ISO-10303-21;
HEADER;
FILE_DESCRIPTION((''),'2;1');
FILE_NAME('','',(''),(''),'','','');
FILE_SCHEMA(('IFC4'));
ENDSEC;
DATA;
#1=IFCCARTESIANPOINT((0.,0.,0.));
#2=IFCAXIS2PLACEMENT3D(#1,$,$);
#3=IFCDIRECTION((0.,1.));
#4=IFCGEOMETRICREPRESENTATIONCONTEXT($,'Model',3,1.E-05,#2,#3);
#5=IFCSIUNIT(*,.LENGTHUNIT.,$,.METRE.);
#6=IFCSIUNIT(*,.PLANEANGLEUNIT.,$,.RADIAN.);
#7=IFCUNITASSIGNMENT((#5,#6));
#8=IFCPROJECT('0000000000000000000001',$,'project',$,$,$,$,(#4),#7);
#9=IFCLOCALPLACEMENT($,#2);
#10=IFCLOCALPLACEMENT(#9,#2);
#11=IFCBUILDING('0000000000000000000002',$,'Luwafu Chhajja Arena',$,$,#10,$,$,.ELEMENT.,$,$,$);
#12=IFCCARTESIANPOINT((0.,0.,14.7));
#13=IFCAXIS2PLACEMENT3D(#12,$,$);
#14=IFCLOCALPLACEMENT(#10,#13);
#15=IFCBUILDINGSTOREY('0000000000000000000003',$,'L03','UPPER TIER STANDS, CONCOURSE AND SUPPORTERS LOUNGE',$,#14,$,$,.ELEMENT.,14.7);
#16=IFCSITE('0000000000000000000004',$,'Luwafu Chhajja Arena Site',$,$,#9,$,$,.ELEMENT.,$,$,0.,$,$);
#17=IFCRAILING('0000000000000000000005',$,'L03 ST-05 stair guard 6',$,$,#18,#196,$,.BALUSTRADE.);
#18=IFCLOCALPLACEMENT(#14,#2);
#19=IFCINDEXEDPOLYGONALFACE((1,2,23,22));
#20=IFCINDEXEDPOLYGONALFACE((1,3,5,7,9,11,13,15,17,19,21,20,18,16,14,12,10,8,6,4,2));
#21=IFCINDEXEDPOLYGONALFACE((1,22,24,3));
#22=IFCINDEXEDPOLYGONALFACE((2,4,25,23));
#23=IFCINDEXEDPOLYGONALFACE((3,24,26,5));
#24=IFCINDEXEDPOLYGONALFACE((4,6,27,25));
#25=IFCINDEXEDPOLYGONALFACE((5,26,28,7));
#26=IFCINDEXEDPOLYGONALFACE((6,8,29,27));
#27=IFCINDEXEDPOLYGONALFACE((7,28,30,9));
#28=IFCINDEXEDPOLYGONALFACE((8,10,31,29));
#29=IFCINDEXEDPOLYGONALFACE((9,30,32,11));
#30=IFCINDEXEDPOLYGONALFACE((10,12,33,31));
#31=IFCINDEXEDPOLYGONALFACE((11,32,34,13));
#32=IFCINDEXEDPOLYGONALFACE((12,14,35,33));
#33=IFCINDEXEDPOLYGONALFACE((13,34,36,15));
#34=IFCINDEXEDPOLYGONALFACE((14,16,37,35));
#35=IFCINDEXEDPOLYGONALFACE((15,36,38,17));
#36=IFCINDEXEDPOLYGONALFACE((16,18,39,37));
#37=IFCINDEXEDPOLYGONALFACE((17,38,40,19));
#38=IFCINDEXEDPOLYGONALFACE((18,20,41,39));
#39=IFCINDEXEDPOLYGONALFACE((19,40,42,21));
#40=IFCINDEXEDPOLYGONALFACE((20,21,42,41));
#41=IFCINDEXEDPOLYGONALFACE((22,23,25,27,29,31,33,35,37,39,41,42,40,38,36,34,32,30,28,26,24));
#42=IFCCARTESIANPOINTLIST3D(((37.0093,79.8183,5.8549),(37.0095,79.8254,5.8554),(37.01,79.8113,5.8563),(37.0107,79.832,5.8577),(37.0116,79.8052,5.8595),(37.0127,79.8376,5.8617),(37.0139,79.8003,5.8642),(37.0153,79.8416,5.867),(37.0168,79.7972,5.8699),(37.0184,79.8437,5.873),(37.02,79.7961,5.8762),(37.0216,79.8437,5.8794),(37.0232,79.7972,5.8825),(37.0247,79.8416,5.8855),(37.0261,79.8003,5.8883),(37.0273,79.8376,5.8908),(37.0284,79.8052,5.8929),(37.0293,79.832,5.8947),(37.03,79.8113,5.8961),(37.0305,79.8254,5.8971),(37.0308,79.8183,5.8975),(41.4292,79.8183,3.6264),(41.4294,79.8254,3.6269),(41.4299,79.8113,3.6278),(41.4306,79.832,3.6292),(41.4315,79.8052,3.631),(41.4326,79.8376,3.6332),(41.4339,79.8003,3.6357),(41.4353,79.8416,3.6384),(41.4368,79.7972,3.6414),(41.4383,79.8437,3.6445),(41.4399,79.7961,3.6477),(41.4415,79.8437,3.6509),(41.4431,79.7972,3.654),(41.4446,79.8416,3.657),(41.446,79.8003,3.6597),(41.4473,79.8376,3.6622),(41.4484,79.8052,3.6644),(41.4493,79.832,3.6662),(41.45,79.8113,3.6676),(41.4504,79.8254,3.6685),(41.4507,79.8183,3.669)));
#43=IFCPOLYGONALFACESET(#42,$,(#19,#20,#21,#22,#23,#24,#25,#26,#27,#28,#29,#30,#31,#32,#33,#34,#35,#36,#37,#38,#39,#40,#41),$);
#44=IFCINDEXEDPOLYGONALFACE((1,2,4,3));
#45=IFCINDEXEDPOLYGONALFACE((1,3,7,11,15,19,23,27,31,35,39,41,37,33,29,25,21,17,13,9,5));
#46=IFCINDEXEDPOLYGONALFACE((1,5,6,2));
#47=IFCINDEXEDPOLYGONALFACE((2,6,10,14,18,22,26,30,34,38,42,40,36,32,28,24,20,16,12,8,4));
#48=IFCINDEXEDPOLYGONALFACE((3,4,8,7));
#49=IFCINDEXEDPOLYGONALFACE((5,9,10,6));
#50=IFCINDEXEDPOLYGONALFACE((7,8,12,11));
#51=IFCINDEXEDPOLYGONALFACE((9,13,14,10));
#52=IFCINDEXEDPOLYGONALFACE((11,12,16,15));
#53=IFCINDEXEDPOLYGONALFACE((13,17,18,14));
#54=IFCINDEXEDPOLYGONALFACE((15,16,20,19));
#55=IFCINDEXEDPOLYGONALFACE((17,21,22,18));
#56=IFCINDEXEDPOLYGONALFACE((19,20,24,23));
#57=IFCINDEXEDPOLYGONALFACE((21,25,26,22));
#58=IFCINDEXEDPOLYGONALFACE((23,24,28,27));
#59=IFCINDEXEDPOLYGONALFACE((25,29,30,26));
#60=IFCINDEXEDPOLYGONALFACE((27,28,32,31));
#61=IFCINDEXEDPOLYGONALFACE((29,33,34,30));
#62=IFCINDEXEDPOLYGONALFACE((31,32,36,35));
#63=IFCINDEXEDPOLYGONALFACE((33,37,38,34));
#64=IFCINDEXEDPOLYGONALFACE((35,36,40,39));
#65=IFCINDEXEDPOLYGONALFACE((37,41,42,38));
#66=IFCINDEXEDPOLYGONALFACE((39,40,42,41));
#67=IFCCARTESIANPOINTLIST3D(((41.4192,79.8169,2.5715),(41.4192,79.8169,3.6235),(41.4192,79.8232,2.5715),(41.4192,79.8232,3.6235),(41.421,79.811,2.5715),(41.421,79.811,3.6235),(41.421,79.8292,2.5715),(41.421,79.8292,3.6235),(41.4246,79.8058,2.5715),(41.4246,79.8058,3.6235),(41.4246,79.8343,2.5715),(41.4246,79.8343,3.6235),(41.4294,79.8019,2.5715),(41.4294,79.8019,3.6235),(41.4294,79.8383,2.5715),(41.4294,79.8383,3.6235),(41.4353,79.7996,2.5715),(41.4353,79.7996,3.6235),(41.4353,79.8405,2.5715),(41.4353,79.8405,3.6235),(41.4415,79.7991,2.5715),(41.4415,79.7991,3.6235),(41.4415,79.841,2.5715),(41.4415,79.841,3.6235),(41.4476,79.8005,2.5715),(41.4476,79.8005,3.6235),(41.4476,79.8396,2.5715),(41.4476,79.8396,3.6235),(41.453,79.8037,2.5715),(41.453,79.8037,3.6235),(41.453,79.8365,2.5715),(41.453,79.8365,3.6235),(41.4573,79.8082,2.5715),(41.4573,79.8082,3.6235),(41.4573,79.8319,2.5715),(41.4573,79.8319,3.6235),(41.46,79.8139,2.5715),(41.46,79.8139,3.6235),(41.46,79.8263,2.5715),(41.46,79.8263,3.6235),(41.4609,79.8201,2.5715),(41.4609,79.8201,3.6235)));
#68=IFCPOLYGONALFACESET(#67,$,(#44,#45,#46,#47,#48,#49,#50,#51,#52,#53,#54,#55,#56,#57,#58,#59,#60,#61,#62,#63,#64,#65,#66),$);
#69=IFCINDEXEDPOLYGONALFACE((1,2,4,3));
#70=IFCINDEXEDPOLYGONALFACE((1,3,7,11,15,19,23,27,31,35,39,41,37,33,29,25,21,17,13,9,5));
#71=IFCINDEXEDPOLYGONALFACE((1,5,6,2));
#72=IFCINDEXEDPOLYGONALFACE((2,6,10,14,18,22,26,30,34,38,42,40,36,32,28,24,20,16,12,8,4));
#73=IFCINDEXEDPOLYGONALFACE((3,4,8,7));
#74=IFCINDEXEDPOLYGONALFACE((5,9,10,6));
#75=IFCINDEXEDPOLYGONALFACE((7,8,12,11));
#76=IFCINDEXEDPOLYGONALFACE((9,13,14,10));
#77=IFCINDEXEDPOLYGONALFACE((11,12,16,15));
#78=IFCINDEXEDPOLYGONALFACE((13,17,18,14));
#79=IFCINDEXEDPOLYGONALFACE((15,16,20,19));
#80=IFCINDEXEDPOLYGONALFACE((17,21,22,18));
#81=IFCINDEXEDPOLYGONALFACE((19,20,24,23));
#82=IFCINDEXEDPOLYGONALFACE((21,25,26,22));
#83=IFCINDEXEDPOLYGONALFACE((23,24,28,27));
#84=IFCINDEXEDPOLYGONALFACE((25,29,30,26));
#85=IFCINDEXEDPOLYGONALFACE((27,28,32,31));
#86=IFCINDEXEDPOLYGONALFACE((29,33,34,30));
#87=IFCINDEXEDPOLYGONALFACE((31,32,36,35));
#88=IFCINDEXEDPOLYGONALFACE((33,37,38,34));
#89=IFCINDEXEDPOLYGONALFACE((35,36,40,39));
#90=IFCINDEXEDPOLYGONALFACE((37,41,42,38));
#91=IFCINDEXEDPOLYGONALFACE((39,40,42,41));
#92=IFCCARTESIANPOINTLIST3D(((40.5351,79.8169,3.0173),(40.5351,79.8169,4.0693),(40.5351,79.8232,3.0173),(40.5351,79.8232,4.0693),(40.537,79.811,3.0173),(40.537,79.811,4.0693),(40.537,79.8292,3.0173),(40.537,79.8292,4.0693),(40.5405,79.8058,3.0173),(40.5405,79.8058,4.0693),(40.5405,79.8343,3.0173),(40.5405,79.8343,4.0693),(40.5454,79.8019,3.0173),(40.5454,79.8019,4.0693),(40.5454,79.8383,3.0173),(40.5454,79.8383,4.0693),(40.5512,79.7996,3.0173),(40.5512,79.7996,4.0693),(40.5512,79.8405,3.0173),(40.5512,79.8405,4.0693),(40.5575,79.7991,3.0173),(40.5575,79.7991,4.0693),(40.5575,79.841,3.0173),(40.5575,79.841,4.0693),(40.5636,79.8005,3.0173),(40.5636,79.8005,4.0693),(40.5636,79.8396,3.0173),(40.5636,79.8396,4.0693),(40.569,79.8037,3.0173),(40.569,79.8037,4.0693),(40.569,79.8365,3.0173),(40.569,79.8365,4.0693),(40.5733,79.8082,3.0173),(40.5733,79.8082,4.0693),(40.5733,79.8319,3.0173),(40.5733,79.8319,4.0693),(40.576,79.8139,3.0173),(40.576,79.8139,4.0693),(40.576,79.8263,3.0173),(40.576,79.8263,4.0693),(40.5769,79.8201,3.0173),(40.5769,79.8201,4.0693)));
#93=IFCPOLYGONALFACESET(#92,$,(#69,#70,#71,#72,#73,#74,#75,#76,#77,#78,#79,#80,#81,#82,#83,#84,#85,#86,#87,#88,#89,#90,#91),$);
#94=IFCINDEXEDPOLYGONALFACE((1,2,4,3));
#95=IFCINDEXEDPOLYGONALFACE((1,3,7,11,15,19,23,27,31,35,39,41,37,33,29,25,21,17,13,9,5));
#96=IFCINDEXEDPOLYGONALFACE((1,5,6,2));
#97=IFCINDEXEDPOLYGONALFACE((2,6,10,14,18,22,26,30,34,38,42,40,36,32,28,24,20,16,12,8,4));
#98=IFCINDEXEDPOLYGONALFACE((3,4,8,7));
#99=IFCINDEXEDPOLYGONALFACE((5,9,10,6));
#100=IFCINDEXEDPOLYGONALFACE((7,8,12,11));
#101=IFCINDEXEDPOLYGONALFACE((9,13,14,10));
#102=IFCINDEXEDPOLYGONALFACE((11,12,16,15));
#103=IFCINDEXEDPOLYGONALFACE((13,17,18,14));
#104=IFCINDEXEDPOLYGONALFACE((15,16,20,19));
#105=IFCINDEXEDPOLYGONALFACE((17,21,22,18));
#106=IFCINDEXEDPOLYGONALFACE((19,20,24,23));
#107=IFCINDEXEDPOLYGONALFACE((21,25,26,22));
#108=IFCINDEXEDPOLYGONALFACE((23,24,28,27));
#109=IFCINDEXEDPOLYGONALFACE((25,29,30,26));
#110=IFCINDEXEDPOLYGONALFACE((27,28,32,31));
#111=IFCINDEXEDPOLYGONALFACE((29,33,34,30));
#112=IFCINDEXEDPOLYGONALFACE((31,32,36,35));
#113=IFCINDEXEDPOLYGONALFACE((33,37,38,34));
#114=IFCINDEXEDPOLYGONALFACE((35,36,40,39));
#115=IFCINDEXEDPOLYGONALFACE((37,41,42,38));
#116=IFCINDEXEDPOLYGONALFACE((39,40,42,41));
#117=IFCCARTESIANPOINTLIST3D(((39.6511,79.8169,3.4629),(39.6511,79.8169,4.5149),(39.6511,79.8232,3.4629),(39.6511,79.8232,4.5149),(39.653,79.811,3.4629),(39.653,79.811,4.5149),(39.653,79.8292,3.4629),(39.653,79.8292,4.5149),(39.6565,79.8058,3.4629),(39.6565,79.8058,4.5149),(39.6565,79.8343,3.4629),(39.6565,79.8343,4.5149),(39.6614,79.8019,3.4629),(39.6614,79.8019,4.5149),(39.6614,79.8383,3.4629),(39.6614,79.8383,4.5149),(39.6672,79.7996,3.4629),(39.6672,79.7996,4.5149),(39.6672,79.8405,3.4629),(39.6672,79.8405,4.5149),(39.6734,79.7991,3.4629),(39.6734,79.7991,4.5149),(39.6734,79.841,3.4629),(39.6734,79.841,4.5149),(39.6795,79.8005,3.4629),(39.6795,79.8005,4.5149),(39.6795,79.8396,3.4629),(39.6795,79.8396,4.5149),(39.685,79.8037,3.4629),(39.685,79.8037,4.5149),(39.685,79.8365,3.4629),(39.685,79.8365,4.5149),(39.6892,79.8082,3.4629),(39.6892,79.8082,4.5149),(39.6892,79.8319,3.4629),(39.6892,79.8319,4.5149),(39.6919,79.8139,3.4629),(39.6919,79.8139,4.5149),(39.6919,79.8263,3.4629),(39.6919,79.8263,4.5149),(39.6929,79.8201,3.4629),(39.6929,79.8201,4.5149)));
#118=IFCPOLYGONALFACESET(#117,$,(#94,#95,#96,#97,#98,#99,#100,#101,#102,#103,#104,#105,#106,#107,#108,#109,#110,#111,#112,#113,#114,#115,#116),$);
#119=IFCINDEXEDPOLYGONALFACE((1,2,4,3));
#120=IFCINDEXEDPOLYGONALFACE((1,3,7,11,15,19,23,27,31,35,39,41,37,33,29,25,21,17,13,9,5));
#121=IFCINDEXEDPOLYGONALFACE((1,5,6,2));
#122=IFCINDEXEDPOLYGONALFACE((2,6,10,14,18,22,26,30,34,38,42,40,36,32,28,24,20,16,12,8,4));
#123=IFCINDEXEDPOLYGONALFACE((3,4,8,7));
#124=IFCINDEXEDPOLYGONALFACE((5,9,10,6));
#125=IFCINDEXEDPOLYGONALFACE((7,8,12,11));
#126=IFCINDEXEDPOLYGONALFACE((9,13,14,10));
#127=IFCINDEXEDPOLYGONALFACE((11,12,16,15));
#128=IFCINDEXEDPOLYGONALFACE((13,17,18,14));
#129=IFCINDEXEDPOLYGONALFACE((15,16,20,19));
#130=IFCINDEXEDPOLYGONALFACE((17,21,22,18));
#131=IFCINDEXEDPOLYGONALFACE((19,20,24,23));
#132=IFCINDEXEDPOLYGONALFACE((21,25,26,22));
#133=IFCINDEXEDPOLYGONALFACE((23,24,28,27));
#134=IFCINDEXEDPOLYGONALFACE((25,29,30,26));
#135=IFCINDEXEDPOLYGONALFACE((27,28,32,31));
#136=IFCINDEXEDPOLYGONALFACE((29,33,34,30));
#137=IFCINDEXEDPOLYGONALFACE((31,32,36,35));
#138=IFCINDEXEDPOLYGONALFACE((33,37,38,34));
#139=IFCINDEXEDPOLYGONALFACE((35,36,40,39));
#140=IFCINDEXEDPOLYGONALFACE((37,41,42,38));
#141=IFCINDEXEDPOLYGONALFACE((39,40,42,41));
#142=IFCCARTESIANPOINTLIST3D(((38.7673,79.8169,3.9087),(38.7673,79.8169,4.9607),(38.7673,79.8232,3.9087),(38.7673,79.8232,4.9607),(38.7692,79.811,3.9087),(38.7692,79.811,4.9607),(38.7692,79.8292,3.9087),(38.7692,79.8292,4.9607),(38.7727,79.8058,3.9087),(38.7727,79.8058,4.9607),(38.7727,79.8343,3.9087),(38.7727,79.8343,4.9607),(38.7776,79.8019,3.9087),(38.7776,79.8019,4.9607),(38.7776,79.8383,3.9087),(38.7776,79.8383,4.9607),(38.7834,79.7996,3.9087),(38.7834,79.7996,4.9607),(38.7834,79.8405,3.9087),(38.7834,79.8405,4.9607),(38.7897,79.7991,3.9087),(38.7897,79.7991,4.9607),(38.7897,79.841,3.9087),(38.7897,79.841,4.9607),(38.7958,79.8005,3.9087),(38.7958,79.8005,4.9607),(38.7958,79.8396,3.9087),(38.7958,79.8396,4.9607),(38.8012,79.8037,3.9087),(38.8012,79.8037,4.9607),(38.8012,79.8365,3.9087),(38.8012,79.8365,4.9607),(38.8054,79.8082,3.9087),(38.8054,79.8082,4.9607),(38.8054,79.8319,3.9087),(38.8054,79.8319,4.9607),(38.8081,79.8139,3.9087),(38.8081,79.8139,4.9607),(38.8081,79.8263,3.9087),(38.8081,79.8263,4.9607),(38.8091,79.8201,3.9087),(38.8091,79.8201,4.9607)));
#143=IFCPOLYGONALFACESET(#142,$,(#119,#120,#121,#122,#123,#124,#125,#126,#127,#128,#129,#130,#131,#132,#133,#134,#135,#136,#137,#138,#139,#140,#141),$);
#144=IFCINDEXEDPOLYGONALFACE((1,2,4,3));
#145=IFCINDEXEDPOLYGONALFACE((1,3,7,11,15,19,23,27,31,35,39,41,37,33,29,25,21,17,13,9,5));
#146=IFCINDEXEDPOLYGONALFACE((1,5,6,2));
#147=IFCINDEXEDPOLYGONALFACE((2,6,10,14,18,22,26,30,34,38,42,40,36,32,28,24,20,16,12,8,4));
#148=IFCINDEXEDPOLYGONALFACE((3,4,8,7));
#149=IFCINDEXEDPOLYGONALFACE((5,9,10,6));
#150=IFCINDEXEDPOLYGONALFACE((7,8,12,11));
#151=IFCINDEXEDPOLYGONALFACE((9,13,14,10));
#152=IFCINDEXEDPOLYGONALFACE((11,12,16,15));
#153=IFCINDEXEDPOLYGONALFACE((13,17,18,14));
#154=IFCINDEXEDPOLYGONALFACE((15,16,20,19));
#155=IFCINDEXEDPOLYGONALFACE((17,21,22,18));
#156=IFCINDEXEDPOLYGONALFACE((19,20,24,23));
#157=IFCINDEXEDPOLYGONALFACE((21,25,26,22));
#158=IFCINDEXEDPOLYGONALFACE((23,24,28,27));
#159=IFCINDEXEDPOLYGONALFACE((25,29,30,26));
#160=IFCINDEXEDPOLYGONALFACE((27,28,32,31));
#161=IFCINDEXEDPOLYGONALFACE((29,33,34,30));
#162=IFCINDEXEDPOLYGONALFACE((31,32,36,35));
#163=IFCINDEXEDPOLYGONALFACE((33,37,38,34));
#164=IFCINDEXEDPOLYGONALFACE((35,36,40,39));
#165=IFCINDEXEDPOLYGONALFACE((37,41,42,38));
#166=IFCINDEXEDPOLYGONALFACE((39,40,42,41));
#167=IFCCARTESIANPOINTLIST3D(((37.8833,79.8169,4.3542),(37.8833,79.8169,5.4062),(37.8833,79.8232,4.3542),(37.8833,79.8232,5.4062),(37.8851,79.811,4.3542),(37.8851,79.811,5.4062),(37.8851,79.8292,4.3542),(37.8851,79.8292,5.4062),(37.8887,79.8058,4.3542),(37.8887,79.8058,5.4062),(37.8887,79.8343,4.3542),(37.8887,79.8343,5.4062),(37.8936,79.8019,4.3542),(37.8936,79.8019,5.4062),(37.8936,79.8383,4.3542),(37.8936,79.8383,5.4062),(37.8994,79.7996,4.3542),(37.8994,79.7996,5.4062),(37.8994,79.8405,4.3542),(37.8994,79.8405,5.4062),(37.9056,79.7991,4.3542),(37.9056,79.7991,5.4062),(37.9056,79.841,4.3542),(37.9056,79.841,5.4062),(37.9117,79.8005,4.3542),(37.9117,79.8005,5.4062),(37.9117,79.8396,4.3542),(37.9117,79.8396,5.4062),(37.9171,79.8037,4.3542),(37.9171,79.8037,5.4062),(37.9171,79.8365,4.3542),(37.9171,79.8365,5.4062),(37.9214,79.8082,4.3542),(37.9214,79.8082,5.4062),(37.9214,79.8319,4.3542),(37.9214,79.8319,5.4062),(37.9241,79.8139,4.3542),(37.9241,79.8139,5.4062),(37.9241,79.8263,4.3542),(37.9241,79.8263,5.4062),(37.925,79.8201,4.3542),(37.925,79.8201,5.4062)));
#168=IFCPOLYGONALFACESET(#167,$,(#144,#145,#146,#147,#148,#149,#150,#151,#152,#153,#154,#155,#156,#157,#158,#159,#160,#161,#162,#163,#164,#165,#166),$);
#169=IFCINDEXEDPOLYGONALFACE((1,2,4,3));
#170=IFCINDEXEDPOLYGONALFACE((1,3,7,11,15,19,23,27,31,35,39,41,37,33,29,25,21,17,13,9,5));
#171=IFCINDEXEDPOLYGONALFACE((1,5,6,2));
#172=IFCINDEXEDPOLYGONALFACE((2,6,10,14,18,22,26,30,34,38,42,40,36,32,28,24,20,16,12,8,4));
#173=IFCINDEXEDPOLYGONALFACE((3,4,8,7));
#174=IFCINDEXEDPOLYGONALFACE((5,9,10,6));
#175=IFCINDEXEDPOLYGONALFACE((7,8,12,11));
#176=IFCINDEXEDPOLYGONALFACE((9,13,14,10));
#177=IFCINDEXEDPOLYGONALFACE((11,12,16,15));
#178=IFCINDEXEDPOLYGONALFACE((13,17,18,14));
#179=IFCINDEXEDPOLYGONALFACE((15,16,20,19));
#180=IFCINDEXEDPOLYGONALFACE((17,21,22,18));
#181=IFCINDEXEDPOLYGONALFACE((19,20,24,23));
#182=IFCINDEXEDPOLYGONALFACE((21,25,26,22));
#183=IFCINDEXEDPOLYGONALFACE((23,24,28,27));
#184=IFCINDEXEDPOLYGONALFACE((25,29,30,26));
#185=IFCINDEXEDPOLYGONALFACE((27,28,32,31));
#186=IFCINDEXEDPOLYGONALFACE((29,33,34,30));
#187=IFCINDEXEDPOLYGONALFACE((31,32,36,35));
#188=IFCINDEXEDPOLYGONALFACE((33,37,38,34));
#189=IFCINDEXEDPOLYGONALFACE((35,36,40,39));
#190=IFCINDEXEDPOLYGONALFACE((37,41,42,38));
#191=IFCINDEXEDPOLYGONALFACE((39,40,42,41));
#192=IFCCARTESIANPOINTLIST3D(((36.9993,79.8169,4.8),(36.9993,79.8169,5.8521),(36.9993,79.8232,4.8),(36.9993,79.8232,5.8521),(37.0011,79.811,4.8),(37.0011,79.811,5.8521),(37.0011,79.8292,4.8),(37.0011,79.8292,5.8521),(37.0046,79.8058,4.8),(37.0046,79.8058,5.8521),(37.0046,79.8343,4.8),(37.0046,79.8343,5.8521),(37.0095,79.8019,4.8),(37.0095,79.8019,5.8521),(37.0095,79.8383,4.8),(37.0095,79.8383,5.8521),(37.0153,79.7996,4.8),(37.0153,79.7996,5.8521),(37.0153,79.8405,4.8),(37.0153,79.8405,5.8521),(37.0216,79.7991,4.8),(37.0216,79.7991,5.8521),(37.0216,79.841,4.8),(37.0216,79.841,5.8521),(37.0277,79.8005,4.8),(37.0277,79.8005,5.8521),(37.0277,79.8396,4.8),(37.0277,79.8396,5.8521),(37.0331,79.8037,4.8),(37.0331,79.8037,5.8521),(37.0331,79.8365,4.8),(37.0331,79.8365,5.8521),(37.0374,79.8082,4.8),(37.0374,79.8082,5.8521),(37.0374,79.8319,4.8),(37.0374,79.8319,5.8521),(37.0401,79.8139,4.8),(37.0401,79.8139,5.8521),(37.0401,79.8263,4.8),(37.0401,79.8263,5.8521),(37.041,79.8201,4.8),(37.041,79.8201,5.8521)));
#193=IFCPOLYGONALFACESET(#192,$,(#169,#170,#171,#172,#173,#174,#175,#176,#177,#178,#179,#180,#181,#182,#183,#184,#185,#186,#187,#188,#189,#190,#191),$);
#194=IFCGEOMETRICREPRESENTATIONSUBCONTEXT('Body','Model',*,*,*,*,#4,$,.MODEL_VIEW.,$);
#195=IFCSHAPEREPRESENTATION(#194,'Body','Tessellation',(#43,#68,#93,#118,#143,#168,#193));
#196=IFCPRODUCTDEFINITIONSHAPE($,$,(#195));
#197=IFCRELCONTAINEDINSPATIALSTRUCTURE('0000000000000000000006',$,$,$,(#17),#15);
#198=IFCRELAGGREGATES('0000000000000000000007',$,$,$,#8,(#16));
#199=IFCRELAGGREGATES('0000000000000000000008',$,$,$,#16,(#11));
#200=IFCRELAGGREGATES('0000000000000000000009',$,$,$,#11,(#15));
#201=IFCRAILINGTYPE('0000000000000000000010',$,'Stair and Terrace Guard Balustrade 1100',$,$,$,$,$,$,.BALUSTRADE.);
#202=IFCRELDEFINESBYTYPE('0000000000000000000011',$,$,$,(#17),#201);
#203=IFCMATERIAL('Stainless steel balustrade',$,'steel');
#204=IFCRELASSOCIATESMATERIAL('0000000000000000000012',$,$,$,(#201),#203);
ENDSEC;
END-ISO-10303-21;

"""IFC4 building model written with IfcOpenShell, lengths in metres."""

from ifc_helpers import new_model, si_unit, direction, frame, origin, origin_2d, place, context, subcontext, project, spatial, circle, extrude, material, type_object, element, save


model = new_model("IFC4")

# Units and contexts
model_context = context("Model", 3, precision=1e-05, world=origin(), true_north=direction((0.0, 1.0)))
body_context = subcontext(model_context, "Body", "Model", "MODEL_VIEW")
ifc_project = project(units=[si_unit("LENGTHUNIT", "METRE"), si_unit("PLANEANGLEUNIT", "RADIAN")], contexts=[model_context])

# Site, building, storey
site_placement = place(None, origin())
site = spatial("IfcSite", under=ifc_project, at=site_placement, Name="Luwafu Chhajja Arena Site", CompositionType="ELEMENT", RefElevation=0.0)
building_placement = place(site_placement, origin())
building = spatial("IfcBuilding", under=site, at=building_placement, Name="Luwafu Chhajja Arena", CompositionType="ELEMENT")
storey_placement = place(building_placement, frame((0.0, 0.0, 14.7)))
storey = spatial("IfcBuildingStorey", under=building, at=storey_placement, Name="L03", Description="UPPER TIER STANDS, CONCOURSE AND SUPPORTERS LOUNGE", CompositionType="ELEMENT", Elevation=14.7)

# Railing
ifc_material_1 = material(Name="Stainless steel balustrade", Category="steel")
railing_type_1 = type_object("IfcRailingType", Name="Stair and Terrace Guard Balustrade 1100", PredefinedType="BALUSTRADE", material=ifc_material_1)
railing_1_placement = place(storey_placement, frame((41.4399, 79.8201, 2.5715)))
element("IfcRailing", 1, at=railing_1_placement, inside=storey, type_object=railing_type_1, Name="L03 ST-05 stair guard 6", PredefinedType="BALUSTRADE", context=body_context, shape_type="SweptSolid", body=[
    extrude(circle(Radius=0.0239, at=origin_2d()), frame((0.0, 0.0, 1.0762), z_axis=(-0.892923, 0.0, 0.45021), x_axis=(0.0, -1.0, 0.0)), (0.0, 0.0, 1.0), 4.95),
    extrude(circle(Radius=0.021, at=origin_2d()), origin(), (0.0, 0.0, 1.0), 1.052),
    extrude(circle(Radius=0.021, at=origin_2d()), frame((-0.884, 0.0, 0.4458)), (0.0, 0.0, 1.0), 1.052),
    extrude(circle(Radius=0.021, at=origin_2d()), frame((-1.7681, 0.0, 0.8914)), (0.0, 0.0, 1.0), 1.052),
    extrude(circle(Radius=0.021, at=origin_2d()), frame((-2.6519, 0.0, 1.3372)), (0.0, 0.0, 1.0), 1.052),
    extrude(circle(Radius=0.021, at=origin_2d()), frame((-3.5359, 0.0, 1.7827)), (0.0, 0.0, 1.0), 1.052),
    extrude(circle(Radius=0.021, at=origin_2d()), frame((-4.4199, 0.0, 2.2285)), (0.0, 0.0, 1.0), 1.052),
])

save(model, "model.ifc")
